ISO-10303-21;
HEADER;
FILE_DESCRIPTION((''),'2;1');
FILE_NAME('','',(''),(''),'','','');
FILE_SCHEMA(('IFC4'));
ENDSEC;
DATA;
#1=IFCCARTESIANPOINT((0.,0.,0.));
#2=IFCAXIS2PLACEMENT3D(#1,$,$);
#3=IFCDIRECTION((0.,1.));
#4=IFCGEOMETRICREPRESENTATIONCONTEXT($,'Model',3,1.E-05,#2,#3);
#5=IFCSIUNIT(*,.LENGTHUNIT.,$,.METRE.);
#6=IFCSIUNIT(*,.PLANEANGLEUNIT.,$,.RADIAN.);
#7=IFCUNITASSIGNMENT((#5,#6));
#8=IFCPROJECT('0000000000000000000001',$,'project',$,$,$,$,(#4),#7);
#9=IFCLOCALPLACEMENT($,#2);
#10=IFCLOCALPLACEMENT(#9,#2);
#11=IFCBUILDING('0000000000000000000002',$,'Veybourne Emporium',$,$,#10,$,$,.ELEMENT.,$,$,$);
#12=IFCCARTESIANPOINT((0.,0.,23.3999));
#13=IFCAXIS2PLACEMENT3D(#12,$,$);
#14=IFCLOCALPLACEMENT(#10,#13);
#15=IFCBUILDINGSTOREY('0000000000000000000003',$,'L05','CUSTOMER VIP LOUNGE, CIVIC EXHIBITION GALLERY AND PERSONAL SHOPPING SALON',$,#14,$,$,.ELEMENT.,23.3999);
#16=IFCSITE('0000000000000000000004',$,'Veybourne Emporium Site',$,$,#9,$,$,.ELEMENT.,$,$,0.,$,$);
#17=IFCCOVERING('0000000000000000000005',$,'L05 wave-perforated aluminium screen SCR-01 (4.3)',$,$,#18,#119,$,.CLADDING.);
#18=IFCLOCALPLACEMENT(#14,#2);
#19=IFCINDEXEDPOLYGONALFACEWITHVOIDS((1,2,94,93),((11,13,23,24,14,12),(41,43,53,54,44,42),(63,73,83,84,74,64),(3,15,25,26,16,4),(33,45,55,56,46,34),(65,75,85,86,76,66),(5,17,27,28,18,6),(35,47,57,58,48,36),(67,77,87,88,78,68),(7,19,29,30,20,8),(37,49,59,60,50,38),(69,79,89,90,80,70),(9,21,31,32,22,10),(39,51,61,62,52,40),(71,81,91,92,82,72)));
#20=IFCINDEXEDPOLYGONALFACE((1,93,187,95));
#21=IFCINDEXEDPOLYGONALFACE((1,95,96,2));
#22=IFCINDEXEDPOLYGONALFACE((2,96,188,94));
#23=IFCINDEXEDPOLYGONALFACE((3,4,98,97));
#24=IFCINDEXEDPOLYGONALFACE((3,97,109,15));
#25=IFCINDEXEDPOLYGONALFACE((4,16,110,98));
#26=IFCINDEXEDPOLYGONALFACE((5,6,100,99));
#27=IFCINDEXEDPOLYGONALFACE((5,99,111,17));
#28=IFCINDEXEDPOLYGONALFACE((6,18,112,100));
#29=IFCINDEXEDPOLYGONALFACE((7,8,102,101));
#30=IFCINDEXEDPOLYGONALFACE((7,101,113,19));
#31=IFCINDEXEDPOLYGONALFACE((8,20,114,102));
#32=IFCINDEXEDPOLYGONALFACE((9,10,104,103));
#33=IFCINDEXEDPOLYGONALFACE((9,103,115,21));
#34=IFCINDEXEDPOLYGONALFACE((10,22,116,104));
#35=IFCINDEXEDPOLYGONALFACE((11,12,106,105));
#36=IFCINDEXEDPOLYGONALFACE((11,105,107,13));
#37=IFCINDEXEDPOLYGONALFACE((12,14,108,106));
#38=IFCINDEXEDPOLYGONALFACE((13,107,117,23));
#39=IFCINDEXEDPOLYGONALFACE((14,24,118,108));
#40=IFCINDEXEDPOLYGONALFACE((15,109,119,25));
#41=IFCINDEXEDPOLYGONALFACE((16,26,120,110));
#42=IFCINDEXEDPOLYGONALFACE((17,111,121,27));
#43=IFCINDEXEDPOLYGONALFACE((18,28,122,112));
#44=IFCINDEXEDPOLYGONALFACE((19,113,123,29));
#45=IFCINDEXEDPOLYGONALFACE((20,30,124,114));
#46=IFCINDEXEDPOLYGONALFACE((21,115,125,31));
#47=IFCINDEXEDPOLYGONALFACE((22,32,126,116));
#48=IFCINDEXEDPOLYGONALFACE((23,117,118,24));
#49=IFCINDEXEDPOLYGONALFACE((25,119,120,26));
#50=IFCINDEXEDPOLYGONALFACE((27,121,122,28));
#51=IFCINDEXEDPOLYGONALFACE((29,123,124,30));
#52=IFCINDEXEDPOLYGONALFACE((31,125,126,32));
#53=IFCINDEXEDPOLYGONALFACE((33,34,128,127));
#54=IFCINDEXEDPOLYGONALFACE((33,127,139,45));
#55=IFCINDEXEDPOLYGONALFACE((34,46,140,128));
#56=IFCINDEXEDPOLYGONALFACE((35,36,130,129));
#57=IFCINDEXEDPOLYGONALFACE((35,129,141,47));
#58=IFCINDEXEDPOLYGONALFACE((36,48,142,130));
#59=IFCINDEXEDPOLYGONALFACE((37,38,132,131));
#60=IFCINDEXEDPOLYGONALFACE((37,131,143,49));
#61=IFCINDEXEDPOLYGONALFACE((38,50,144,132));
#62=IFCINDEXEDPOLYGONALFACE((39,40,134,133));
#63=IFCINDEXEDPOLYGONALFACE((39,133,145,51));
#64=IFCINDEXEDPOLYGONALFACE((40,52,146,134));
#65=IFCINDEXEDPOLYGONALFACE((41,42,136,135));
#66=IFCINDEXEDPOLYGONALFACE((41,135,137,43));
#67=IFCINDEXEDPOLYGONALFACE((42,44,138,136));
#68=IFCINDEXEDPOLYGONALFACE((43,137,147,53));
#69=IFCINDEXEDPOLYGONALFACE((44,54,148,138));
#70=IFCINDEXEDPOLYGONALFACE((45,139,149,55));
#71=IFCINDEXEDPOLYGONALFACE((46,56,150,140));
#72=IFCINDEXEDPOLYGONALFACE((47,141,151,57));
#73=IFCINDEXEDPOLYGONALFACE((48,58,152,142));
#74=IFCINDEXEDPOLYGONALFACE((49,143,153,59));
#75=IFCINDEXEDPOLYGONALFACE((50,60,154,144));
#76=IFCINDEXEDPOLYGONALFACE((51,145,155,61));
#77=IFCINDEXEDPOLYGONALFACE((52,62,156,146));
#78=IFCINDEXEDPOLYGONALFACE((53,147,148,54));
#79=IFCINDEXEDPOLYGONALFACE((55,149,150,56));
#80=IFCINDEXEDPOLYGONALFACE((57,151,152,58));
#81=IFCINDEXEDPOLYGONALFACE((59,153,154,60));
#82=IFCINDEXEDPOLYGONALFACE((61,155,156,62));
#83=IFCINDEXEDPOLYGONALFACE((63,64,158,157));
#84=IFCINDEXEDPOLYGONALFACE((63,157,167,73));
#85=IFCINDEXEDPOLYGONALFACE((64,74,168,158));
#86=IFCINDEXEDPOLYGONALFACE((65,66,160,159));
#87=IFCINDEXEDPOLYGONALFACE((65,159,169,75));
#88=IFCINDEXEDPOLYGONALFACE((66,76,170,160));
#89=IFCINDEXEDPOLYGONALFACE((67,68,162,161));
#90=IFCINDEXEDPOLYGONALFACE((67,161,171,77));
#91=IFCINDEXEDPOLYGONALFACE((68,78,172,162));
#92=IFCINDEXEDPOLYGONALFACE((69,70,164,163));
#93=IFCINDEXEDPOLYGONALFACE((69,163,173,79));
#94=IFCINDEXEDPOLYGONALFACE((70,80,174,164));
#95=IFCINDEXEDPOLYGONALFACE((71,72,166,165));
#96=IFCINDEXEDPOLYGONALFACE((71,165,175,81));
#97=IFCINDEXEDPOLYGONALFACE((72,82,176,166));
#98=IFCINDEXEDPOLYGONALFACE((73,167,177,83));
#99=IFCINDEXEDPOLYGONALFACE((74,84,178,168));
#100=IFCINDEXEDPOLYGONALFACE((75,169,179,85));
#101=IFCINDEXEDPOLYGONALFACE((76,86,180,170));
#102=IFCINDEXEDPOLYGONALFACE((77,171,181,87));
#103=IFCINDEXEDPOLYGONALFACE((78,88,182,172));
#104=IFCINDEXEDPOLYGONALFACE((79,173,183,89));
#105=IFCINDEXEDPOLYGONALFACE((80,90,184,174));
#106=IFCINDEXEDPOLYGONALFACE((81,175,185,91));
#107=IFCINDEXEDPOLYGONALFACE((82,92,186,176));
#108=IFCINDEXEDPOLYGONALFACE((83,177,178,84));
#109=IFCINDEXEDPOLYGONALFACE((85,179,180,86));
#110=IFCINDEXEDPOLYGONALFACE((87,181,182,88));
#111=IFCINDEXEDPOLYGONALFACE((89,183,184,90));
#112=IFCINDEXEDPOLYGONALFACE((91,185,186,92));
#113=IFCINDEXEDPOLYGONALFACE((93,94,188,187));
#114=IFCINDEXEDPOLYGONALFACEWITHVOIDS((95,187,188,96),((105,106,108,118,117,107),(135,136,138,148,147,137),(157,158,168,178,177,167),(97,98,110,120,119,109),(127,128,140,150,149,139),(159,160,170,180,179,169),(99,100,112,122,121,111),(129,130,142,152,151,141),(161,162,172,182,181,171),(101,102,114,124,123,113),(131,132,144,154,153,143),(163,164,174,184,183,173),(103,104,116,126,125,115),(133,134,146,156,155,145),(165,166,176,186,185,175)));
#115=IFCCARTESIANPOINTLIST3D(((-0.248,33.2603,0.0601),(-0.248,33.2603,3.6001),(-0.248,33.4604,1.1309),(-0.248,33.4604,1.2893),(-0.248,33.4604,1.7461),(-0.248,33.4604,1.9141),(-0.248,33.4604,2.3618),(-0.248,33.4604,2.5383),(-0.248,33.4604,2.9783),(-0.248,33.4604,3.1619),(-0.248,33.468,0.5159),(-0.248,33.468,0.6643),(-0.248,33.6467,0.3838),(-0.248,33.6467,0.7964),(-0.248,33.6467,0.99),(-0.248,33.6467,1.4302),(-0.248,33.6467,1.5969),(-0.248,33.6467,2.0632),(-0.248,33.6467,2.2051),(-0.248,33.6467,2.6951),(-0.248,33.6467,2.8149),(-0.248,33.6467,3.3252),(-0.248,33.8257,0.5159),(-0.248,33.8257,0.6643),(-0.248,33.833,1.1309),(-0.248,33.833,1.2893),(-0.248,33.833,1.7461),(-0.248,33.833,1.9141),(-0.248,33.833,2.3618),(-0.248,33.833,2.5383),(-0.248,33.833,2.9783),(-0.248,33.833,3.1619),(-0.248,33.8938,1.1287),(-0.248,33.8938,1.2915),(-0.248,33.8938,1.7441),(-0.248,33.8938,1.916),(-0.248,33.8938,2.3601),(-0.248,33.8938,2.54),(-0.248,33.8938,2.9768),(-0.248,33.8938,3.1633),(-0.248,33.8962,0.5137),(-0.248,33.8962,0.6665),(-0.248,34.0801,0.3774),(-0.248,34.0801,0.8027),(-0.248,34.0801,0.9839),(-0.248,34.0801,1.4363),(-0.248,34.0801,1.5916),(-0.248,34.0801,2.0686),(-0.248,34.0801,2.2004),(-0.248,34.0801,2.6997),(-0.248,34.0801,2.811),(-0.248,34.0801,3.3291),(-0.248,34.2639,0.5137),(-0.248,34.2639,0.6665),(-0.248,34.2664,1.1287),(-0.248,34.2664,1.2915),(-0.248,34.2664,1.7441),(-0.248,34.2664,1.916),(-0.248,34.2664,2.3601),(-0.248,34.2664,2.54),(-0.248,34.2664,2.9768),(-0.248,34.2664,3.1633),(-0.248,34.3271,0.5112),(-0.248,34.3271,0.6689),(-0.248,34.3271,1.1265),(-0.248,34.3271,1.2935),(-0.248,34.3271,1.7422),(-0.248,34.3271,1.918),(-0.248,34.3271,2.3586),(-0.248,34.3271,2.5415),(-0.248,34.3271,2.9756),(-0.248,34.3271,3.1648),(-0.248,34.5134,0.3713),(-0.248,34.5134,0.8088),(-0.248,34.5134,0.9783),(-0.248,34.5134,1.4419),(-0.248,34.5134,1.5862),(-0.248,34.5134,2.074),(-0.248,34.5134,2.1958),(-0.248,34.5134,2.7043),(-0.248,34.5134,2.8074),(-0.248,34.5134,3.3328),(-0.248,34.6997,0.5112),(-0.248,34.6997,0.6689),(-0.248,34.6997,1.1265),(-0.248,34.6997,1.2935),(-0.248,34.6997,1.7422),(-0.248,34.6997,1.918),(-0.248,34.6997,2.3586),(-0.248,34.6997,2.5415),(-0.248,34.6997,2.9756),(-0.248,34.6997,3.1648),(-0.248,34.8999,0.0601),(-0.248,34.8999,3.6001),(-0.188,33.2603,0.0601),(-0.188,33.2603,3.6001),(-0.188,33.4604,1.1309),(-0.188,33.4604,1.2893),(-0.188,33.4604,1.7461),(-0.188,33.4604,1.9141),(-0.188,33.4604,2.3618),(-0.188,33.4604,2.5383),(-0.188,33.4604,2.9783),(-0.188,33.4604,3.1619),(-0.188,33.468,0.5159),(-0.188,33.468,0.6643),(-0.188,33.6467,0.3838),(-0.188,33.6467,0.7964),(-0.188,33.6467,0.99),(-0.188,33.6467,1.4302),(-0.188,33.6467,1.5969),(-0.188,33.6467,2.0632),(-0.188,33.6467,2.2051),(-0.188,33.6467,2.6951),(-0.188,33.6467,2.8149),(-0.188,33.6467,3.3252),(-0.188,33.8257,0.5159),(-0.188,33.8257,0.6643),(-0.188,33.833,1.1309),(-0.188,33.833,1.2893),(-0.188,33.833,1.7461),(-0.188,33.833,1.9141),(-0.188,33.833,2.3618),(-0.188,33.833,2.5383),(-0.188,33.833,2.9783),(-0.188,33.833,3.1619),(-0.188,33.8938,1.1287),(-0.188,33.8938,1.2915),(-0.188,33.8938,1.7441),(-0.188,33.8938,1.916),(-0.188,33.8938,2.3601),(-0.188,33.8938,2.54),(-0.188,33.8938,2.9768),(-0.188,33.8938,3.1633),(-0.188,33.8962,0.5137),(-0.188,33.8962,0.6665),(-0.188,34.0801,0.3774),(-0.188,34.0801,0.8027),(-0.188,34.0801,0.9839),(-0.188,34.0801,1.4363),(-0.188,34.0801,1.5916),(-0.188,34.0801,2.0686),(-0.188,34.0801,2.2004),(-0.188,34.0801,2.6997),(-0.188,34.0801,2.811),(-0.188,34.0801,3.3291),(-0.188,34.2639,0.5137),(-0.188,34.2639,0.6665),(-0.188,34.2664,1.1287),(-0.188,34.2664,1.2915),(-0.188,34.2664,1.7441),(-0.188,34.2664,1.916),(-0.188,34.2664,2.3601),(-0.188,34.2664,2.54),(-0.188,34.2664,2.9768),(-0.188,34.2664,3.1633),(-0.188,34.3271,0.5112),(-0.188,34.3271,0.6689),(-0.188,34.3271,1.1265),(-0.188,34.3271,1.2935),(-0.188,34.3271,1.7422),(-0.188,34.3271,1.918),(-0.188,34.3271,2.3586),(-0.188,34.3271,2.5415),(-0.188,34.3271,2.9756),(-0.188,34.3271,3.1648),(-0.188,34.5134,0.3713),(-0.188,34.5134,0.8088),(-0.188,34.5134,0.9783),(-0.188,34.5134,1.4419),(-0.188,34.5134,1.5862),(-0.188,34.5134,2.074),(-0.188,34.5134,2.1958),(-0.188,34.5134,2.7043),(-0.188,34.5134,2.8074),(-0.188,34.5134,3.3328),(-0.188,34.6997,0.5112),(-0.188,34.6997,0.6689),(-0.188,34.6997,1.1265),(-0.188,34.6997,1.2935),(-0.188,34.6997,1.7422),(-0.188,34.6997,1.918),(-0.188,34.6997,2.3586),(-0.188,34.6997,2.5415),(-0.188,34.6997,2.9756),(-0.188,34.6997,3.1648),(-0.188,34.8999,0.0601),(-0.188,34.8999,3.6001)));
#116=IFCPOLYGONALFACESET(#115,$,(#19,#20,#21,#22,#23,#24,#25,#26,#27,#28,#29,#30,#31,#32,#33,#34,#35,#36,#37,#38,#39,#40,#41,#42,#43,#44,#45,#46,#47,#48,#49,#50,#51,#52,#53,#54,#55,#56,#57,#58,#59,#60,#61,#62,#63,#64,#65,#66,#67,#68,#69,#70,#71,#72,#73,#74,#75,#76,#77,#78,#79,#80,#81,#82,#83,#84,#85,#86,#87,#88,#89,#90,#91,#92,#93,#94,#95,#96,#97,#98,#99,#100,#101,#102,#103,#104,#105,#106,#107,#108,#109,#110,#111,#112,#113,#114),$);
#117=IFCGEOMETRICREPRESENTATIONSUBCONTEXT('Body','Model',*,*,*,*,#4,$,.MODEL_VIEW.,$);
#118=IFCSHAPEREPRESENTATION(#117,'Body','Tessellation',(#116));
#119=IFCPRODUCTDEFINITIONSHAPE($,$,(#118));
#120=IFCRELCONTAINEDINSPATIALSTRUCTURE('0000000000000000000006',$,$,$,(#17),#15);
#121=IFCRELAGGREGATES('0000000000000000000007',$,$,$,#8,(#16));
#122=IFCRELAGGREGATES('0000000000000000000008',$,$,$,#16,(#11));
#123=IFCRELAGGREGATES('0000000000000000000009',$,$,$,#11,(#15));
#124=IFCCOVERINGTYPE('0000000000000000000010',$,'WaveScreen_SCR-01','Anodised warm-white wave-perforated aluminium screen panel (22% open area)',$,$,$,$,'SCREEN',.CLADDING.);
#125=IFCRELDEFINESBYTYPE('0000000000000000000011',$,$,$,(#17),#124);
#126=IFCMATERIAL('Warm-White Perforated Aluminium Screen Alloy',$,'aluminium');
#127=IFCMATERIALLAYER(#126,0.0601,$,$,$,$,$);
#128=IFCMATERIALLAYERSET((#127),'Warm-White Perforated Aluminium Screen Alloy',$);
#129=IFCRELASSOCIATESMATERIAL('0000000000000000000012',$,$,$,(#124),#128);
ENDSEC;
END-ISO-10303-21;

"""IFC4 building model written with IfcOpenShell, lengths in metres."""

from ifc_helpers import new_model, si_unit, direction, frame, origin, place, context, subcontext, project, spatial, polyline, outline, extrude, material, layer, layer_set, type_object, element, save


model = new_model("IFC4")

# Units and contexts
model_context = context("Model", 3, precision=1e-05, world=origin(), true_north=direction((0.0, 1.0)))
body_context = subcontext(model_context, "Body", "Model", "MODEL_VIEW")
ifc_project = project(units=[si_unit("LENGTHUNIT", "METRE"), si_unit("PLANEANGLEUNIT", "RADIAN")], contexts=[model_context])

# Site, building, storey
site_placement = place(None, origin())
site = spatial("IfcSite", under=ifc_project, at=site_placement, Name="Veybourne Emporium Site", CompositionType="ELEMENT", RefElevation=0.0)
building_placement = place(site_placement, origin())
building = spatial("IfcBuilding", under=site, at=building_placement, Name="Veybourne Emporium", CompositionType="ELEMENT")
storey_placement = place(building_placement, frame((0.0, 0.0, 23.3999)))
storey = spatial("IfcBuildingStorey", under=building, at=storey_placement, Name="L05", Description="CUSTOMER VIP LOUNGE, CIVIC EXHIBITION GALLERY AND PERSONAL SHOPPING SALON", CompositionType="ELEMENT", Elevation=23.3999)

# Covering
ifc_material_1 = material(Name="Warm-White Perforated Aluminium Screen Alloy", Category="aluminium")
ifc_layer_1 = layer(ifc_material_1, 0.0601)
ifc_layer_set_1 = layer_set([ifc_layer_1], Name="Warm-White Perforated Aluminium Screen Alloy")
covering_type_1 = type_object("IfcCoveringType", Name="WaveScreen_SCR-01", Description="Anodised warm-white wave-perforated aluminium screen panel (22% open area)", ElementType="SCREEN", PredefinedType="CLADDING", material=ifc_layer_set_1)
covering_1_placement = place(storey_placement, frame((-0.248, 34.0801, 1.8301), z_axis=(1.0, 0.0, 0.0), x_axis=(0.0, 1.0, 0.0)))
element("IfcCovering", 1, at=covering_1_placement, inside=storey, type_object=covering_type_1, Name="L05 wave-perforated aluminium screen SCR-01 (4.3)", PredefinedType="CLADDING", context=body_context, shape_type="SweptSolid", body=[
    extrude(outline(polyline([(-0.8198, -1.77), (0.8198, -1.77), (0.8198, 1.77), (-0.8198, 1.77), (-0.8198, -1.77)]), holes=[polyline([(-0.4333, -1.0337), (-0.2544, -1.1658), (-0.2544, -1.3142), (-0.4333, -1.4463), (-0.6121, -1.3142), (-0.6121, -1.1658), (-0.4333, -1.0337)]), polyline([(-0.4333, -0.3999), (-0.2471, -0.5408), (-0.2471, -0.6992), (-0.4333, -0.8401), (-0.6196, -0.6992), (-0.6196, -0.5408), (-0.4333, -0.3999)]), polyline([(-0.4333, 0.2332), (-0.2471, 0.084), (-0.2471, -0.084), (-0.4333, -0.2332), (-0.6196, -0.084), (-0.6196, 0.084), (-0.4333, 0.2332)]), polyline([(-0.4333, 0.865), (-0.2471, 0.7083), (-0.2471, 0.5317), (-0.4333, 0.375), (-0.6196, 0.5317), (-0.6196, 0.7083), (-0.4333, 0.865)]), polyline([(-0.4333, 1.4951), (-0.2471, 1.3318), (-0.2471, 1.1482), (-0.4333, 0.9849), (-0.6196, 1.1482), (-0.6196, 1.3318), (-0.4333, 1.4951)]), polyline([(0.0, -1.0273), (0.1838, -1.1636), (0.1838, -1.3164), (0.0, -1.4526), (-0.1838, -1.3164), (-0.1838, -1.1636), (0.0, -1.0273)]), polyline([(0.0, -0.3938), (0.1863, -0.5386), (0.1863, -0.7014), (0.0, -0.8462), (-0.1863, -0.7014), (-0.1863, -0.5386), (0.0, -0.3938)]), polyline([(0.0, 0.2385), (0.1863, 0.0859), (0.1863, -0.0859), (0.0, -0.2385), (-0.1863, -0.0859), (-0.1863, 0.0859), (0.0, 0.2385)]), polyline([(0.0, 0.8696), (0.1863, 0.71), (0.1863, 0.53), (0.0, 0.3704), (-0.1863, 0.53), (-0.1863, 0.71), (0.0, 0.8696)]), polyline([(0.0, 1.499), (0.1863, 1.3333), (0.1863, 1.1467), (0.0, 0.981), (-0.1863, 1.1467), (-0.1863, 1.3333), (0.0, 1.499)]), polyline([(0.4333, -1.0212), (0.6196, -1.1611), (0.6196, -1.3188), (0.4333, -1.4587), (0.2471, -1.3188), (0.2471, -1.1611), (0.4333, -1.0212)]), polyline([(0.4333, -0.3882), (0.6196, -0.5366), (0.6196, -0.7036), (0.4333, -0.8518), (0.2471, -0.7036), (0.2471, -0.5366), (0.4333, -0.3882)]), polyline([(0.4333, 0.2439), (0.6196, 0.0879), (0.6196, -0.0879), (0.4333, -0.2439), (0.2471, -0.0879), (0.2471, 0.0879), (0.4333, 0.2439)]), polyline([(0.4333, 0.8743), (0.6196, 0.7114), (0.6196, 0.5286), (0.4333, 0.3657), (0.2471, 0.5286), (0.2471, 0.7114), (0.4333, 0.8743)]), polyline([(0.4333, 1.5027), (0.6196, 1.3347), (0.6196, 1.1455), (0.4333, 0.9773), (0.2471, 1.1455), (0.2471, 1.3347), (0.4333, 1.5027)])]), origin(), (0.0, 0.0, 1.0), 0.0601),
])

save(model, "model.ifc")
